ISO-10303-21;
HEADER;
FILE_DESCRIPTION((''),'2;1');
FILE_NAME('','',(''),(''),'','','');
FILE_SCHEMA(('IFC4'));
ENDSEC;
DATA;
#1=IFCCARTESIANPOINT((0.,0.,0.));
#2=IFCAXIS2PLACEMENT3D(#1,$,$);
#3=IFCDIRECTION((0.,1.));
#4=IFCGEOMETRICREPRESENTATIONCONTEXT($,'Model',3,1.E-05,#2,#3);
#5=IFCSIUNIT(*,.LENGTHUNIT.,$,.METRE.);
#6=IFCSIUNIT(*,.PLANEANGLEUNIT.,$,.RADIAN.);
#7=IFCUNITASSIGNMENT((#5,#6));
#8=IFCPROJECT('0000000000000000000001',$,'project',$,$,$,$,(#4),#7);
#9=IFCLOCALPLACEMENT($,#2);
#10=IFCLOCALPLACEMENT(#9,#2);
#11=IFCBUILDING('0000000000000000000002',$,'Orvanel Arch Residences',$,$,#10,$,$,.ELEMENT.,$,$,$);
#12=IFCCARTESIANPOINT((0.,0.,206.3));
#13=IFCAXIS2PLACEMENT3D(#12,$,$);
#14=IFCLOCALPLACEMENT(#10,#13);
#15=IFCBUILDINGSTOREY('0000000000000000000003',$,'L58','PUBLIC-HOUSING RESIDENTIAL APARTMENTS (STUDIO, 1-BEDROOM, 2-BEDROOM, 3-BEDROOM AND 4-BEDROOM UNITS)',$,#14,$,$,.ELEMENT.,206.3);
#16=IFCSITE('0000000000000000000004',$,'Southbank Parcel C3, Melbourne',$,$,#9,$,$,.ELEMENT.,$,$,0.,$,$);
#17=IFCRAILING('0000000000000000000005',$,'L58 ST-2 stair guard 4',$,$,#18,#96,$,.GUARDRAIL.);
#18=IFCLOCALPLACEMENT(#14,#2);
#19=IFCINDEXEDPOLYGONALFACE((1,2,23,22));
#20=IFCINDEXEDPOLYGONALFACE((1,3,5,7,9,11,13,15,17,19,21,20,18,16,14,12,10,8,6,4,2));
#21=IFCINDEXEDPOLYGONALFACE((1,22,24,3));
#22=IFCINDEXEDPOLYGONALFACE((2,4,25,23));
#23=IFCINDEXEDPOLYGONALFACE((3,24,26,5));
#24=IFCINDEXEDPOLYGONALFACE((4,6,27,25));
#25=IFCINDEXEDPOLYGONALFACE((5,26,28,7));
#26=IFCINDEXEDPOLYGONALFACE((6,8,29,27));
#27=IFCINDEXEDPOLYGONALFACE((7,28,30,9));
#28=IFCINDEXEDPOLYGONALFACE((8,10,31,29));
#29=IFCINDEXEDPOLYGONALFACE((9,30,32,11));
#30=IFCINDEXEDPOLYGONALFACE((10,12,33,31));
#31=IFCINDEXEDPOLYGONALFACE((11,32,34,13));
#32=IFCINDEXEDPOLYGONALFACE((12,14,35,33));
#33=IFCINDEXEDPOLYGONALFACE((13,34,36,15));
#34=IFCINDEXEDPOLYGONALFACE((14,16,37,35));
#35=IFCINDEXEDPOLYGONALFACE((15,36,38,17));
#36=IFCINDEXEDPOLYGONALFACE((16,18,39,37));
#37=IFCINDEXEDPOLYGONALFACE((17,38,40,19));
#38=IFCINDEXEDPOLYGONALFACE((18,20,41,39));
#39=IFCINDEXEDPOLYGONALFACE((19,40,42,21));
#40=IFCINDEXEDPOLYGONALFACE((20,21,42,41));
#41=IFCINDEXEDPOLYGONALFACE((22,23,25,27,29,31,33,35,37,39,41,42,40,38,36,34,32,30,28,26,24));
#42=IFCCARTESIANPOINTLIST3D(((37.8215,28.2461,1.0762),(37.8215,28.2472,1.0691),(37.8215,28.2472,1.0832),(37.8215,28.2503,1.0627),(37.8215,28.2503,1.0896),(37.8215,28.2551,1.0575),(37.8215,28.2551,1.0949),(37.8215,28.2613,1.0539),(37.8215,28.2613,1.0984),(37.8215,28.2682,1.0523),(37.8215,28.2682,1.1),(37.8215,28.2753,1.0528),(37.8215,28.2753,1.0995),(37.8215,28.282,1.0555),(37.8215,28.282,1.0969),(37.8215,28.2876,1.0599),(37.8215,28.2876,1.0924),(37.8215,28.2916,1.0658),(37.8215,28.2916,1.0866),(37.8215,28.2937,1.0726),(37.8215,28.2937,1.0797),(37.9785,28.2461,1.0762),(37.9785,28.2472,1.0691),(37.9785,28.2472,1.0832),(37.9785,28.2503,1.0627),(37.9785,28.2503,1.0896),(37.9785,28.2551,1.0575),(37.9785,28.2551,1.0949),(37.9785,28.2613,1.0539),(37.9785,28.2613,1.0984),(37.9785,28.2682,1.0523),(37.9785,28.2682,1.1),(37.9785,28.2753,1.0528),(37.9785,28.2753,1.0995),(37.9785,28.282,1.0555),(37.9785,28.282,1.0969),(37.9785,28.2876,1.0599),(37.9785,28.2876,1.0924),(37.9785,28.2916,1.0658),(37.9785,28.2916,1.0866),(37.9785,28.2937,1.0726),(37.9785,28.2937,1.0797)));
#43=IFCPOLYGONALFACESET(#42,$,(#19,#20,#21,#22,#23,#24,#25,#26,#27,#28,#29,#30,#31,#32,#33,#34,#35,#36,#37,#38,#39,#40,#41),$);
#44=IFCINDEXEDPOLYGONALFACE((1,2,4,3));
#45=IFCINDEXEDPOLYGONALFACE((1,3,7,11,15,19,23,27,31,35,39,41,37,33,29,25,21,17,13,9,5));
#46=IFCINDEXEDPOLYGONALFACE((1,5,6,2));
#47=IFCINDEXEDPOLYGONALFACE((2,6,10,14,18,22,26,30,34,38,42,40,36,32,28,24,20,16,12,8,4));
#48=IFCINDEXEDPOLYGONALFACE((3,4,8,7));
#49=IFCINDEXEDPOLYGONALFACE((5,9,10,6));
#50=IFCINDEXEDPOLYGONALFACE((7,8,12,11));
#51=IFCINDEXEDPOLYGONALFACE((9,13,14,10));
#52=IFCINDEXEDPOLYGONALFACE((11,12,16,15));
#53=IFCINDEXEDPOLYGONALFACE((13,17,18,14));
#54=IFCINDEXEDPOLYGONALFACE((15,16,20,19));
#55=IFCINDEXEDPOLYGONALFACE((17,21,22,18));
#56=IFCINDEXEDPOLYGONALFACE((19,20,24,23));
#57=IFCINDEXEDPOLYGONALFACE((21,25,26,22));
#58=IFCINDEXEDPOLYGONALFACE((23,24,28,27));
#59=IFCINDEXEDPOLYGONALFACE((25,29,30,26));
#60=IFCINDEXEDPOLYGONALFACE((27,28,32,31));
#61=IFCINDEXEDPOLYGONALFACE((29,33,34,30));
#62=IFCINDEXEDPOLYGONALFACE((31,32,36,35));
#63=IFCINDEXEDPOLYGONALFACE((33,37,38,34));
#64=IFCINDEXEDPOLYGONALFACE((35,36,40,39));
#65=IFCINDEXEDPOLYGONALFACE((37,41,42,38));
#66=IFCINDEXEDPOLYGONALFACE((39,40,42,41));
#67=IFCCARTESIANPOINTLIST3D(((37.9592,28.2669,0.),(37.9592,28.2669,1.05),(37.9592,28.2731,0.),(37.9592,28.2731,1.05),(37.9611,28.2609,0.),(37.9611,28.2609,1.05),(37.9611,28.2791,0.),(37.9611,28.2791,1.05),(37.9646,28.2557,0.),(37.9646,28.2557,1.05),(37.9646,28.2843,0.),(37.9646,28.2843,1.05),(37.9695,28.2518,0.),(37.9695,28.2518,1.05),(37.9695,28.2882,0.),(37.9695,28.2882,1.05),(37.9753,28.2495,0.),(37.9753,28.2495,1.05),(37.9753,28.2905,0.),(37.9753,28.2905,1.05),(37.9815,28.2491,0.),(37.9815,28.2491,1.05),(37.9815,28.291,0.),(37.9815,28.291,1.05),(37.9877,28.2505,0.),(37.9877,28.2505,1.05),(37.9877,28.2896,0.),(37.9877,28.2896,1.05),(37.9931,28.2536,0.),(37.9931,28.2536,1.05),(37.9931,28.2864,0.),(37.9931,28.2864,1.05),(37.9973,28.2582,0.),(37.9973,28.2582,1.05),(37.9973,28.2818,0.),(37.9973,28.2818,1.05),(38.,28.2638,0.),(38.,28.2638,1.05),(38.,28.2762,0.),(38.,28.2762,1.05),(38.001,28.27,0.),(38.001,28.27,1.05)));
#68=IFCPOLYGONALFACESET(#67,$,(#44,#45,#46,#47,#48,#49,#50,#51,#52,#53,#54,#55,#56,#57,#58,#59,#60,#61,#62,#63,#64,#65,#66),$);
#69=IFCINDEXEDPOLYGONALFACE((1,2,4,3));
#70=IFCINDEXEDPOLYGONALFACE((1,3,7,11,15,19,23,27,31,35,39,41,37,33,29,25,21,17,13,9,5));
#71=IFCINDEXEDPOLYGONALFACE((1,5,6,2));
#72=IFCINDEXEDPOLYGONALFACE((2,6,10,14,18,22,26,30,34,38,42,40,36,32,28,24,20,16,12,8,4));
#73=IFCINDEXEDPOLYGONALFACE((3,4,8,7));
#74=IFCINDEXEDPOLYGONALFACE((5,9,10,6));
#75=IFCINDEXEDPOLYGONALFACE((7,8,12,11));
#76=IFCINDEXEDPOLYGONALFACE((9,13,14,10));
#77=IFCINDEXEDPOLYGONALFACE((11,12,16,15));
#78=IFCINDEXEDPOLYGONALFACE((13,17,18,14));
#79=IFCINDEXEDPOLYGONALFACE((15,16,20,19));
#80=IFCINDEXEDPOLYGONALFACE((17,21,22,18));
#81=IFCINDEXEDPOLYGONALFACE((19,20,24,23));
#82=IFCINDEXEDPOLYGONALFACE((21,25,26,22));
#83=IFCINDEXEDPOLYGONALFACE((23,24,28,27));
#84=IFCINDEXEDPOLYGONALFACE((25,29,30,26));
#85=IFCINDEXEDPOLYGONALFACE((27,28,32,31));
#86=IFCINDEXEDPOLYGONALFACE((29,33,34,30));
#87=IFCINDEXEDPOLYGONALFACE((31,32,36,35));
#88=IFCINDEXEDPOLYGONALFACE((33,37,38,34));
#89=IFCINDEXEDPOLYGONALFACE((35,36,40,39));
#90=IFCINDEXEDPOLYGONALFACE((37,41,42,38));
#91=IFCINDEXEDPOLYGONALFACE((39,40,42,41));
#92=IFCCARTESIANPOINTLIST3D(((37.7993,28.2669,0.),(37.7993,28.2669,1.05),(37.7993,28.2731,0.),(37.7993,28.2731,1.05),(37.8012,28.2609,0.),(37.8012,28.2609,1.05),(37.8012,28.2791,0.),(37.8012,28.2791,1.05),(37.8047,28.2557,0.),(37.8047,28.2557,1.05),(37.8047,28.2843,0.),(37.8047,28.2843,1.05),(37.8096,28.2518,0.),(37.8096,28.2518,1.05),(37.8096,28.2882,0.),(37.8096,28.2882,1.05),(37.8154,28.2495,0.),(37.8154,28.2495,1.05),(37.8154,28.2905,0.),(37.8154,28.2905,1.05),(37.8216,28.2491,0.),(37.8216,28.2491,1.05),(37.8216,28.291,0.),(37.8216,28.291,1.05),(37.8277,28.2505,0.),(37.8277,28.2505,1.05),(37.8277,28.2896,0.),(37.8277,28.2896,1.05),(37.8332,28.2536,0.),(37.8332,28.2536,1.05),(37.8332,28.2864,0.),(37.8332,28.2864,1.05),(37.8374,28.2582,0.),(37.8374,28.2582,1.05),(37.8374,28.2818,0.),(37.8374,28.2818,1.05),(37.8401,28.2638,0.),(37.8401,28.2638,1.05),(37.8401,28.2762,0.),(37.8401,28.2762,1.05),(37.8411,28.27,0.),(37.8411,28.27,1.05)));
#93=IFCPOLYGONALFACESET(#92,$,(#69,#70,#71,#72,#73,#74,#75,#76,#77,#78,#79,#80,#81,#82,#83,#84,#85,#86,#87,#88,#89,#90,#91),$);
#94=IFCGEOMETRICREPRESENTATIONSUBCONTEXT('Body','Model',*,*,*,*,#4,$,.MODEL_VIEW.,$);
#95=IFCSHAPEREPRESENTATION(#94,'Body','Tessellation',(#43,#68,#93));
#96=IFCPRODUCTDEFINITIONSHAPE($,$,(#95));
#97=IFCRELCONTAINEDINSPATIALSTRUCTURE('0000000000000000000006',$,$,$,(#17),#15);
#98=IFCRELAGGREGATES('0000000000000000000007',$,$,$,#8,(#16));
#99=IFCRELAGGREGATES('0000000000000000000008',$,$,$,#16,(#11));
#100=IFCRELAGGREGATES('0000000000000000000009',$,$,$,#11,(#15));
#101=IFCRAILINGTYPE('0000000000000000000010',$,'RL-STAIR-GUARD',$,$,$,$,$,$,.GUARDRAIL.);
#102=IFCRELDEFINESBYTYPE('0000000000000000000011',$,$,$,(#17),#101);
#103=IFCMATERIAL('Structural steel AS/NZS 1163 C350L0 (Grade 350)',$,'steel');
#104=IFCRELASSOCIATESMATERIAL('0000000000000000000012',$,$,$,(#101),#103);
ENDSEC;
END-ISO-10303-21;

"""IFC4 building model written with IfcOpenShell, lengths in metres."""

from ifc_helpers import new_model, si_unit, direction, frame, origin, origin_2d, place, context, subcontext, project, spatial, circle, extrude, material, type_object, element, save


model = new_model("IFC4")

# Units and contexts
model_context = context("Model", 3, precision=1e-05, world=origin(), true_north=direction((0.0, 1.0)))
body_context = subcontext(model_context, "Body", "Model", "MODEL_VIEW")
ifc_project = project(units=[si_unit("LENGTHUNIT", "METRE"), si_unit("PLANEANGLEUNIT", "RADIAN")], contexts=[model_context])

# Site, building, storey
site_placement = place(None, origin())
site = spatial("IfcSite", under=ifc_project, at=site_placement, Name="Southbank Parcel C3, Melbourne", CompositionType="ELEMENT", RefElevation=0.0)
building_placement = place(site_placement, origin())
building = spatial("IfcBuilding", under=site, at=building_placement, Name="Orvanel Arch Residences", CompositionType="ELEMENT")
storey_placement = place(building_placement, frame((0.0, 0.0, 206.3)))
storey = spatial("IfcBuildingStorey", under=building, at=storey_placement, Name="L58", Description="PUBLIC-HOUSING RESIDENTIAL APARTMENTS (STUDIO, 1-BEDROOM, 2-BEDROOM, 3-BEDROOM AND 4-BEDROOM UNITS)", CompositionType="ELEMENT", Elevation=206.3)

# Railing
ifc_material_1 = material(Name="Structural steel AS/NZS 1163 C350L0 (Grade 350)", Category="steel")
railing_type_1 = type_object("IfcRailingType", Name="RL-STAIR-GUARD", PredefinedType="GUARDRAIL", material=ifc_material_1)
railing_1_placement = place(storey_placement, frame((37.98, 28.27, 0.0)))
element("IfcRailing", 1, at=railing_1_placement, inside=storey, type_object=railing_type_1, Name="L58 ST-2 stair guard 4", PredefinedType="GUARDRAIL", context=body_context, shape_type="SweptSolid", body=[
    extrude(circle(Radius=0.0239, at=origin_2d()), frame((-0.0015, 0.0, 1.0762), z_axis=(-1.0, 0.0, 0.0), x_axis=(0.0, -1.0, 0.0)), (0.0, 0.0, 1.0), 0.157),
    extrude(circle(Radius=0.021, at=origin_2d()), origin(), (0.0, 0.0, 1.0), 1.05),
    extrude(circle(Radius=0.021, at=origin_2d()), frame((-0.1599, 0.0, 0.0)), (0.0, 0.0, 1.0), 1.05),
])

save(model, "model.ifc")
